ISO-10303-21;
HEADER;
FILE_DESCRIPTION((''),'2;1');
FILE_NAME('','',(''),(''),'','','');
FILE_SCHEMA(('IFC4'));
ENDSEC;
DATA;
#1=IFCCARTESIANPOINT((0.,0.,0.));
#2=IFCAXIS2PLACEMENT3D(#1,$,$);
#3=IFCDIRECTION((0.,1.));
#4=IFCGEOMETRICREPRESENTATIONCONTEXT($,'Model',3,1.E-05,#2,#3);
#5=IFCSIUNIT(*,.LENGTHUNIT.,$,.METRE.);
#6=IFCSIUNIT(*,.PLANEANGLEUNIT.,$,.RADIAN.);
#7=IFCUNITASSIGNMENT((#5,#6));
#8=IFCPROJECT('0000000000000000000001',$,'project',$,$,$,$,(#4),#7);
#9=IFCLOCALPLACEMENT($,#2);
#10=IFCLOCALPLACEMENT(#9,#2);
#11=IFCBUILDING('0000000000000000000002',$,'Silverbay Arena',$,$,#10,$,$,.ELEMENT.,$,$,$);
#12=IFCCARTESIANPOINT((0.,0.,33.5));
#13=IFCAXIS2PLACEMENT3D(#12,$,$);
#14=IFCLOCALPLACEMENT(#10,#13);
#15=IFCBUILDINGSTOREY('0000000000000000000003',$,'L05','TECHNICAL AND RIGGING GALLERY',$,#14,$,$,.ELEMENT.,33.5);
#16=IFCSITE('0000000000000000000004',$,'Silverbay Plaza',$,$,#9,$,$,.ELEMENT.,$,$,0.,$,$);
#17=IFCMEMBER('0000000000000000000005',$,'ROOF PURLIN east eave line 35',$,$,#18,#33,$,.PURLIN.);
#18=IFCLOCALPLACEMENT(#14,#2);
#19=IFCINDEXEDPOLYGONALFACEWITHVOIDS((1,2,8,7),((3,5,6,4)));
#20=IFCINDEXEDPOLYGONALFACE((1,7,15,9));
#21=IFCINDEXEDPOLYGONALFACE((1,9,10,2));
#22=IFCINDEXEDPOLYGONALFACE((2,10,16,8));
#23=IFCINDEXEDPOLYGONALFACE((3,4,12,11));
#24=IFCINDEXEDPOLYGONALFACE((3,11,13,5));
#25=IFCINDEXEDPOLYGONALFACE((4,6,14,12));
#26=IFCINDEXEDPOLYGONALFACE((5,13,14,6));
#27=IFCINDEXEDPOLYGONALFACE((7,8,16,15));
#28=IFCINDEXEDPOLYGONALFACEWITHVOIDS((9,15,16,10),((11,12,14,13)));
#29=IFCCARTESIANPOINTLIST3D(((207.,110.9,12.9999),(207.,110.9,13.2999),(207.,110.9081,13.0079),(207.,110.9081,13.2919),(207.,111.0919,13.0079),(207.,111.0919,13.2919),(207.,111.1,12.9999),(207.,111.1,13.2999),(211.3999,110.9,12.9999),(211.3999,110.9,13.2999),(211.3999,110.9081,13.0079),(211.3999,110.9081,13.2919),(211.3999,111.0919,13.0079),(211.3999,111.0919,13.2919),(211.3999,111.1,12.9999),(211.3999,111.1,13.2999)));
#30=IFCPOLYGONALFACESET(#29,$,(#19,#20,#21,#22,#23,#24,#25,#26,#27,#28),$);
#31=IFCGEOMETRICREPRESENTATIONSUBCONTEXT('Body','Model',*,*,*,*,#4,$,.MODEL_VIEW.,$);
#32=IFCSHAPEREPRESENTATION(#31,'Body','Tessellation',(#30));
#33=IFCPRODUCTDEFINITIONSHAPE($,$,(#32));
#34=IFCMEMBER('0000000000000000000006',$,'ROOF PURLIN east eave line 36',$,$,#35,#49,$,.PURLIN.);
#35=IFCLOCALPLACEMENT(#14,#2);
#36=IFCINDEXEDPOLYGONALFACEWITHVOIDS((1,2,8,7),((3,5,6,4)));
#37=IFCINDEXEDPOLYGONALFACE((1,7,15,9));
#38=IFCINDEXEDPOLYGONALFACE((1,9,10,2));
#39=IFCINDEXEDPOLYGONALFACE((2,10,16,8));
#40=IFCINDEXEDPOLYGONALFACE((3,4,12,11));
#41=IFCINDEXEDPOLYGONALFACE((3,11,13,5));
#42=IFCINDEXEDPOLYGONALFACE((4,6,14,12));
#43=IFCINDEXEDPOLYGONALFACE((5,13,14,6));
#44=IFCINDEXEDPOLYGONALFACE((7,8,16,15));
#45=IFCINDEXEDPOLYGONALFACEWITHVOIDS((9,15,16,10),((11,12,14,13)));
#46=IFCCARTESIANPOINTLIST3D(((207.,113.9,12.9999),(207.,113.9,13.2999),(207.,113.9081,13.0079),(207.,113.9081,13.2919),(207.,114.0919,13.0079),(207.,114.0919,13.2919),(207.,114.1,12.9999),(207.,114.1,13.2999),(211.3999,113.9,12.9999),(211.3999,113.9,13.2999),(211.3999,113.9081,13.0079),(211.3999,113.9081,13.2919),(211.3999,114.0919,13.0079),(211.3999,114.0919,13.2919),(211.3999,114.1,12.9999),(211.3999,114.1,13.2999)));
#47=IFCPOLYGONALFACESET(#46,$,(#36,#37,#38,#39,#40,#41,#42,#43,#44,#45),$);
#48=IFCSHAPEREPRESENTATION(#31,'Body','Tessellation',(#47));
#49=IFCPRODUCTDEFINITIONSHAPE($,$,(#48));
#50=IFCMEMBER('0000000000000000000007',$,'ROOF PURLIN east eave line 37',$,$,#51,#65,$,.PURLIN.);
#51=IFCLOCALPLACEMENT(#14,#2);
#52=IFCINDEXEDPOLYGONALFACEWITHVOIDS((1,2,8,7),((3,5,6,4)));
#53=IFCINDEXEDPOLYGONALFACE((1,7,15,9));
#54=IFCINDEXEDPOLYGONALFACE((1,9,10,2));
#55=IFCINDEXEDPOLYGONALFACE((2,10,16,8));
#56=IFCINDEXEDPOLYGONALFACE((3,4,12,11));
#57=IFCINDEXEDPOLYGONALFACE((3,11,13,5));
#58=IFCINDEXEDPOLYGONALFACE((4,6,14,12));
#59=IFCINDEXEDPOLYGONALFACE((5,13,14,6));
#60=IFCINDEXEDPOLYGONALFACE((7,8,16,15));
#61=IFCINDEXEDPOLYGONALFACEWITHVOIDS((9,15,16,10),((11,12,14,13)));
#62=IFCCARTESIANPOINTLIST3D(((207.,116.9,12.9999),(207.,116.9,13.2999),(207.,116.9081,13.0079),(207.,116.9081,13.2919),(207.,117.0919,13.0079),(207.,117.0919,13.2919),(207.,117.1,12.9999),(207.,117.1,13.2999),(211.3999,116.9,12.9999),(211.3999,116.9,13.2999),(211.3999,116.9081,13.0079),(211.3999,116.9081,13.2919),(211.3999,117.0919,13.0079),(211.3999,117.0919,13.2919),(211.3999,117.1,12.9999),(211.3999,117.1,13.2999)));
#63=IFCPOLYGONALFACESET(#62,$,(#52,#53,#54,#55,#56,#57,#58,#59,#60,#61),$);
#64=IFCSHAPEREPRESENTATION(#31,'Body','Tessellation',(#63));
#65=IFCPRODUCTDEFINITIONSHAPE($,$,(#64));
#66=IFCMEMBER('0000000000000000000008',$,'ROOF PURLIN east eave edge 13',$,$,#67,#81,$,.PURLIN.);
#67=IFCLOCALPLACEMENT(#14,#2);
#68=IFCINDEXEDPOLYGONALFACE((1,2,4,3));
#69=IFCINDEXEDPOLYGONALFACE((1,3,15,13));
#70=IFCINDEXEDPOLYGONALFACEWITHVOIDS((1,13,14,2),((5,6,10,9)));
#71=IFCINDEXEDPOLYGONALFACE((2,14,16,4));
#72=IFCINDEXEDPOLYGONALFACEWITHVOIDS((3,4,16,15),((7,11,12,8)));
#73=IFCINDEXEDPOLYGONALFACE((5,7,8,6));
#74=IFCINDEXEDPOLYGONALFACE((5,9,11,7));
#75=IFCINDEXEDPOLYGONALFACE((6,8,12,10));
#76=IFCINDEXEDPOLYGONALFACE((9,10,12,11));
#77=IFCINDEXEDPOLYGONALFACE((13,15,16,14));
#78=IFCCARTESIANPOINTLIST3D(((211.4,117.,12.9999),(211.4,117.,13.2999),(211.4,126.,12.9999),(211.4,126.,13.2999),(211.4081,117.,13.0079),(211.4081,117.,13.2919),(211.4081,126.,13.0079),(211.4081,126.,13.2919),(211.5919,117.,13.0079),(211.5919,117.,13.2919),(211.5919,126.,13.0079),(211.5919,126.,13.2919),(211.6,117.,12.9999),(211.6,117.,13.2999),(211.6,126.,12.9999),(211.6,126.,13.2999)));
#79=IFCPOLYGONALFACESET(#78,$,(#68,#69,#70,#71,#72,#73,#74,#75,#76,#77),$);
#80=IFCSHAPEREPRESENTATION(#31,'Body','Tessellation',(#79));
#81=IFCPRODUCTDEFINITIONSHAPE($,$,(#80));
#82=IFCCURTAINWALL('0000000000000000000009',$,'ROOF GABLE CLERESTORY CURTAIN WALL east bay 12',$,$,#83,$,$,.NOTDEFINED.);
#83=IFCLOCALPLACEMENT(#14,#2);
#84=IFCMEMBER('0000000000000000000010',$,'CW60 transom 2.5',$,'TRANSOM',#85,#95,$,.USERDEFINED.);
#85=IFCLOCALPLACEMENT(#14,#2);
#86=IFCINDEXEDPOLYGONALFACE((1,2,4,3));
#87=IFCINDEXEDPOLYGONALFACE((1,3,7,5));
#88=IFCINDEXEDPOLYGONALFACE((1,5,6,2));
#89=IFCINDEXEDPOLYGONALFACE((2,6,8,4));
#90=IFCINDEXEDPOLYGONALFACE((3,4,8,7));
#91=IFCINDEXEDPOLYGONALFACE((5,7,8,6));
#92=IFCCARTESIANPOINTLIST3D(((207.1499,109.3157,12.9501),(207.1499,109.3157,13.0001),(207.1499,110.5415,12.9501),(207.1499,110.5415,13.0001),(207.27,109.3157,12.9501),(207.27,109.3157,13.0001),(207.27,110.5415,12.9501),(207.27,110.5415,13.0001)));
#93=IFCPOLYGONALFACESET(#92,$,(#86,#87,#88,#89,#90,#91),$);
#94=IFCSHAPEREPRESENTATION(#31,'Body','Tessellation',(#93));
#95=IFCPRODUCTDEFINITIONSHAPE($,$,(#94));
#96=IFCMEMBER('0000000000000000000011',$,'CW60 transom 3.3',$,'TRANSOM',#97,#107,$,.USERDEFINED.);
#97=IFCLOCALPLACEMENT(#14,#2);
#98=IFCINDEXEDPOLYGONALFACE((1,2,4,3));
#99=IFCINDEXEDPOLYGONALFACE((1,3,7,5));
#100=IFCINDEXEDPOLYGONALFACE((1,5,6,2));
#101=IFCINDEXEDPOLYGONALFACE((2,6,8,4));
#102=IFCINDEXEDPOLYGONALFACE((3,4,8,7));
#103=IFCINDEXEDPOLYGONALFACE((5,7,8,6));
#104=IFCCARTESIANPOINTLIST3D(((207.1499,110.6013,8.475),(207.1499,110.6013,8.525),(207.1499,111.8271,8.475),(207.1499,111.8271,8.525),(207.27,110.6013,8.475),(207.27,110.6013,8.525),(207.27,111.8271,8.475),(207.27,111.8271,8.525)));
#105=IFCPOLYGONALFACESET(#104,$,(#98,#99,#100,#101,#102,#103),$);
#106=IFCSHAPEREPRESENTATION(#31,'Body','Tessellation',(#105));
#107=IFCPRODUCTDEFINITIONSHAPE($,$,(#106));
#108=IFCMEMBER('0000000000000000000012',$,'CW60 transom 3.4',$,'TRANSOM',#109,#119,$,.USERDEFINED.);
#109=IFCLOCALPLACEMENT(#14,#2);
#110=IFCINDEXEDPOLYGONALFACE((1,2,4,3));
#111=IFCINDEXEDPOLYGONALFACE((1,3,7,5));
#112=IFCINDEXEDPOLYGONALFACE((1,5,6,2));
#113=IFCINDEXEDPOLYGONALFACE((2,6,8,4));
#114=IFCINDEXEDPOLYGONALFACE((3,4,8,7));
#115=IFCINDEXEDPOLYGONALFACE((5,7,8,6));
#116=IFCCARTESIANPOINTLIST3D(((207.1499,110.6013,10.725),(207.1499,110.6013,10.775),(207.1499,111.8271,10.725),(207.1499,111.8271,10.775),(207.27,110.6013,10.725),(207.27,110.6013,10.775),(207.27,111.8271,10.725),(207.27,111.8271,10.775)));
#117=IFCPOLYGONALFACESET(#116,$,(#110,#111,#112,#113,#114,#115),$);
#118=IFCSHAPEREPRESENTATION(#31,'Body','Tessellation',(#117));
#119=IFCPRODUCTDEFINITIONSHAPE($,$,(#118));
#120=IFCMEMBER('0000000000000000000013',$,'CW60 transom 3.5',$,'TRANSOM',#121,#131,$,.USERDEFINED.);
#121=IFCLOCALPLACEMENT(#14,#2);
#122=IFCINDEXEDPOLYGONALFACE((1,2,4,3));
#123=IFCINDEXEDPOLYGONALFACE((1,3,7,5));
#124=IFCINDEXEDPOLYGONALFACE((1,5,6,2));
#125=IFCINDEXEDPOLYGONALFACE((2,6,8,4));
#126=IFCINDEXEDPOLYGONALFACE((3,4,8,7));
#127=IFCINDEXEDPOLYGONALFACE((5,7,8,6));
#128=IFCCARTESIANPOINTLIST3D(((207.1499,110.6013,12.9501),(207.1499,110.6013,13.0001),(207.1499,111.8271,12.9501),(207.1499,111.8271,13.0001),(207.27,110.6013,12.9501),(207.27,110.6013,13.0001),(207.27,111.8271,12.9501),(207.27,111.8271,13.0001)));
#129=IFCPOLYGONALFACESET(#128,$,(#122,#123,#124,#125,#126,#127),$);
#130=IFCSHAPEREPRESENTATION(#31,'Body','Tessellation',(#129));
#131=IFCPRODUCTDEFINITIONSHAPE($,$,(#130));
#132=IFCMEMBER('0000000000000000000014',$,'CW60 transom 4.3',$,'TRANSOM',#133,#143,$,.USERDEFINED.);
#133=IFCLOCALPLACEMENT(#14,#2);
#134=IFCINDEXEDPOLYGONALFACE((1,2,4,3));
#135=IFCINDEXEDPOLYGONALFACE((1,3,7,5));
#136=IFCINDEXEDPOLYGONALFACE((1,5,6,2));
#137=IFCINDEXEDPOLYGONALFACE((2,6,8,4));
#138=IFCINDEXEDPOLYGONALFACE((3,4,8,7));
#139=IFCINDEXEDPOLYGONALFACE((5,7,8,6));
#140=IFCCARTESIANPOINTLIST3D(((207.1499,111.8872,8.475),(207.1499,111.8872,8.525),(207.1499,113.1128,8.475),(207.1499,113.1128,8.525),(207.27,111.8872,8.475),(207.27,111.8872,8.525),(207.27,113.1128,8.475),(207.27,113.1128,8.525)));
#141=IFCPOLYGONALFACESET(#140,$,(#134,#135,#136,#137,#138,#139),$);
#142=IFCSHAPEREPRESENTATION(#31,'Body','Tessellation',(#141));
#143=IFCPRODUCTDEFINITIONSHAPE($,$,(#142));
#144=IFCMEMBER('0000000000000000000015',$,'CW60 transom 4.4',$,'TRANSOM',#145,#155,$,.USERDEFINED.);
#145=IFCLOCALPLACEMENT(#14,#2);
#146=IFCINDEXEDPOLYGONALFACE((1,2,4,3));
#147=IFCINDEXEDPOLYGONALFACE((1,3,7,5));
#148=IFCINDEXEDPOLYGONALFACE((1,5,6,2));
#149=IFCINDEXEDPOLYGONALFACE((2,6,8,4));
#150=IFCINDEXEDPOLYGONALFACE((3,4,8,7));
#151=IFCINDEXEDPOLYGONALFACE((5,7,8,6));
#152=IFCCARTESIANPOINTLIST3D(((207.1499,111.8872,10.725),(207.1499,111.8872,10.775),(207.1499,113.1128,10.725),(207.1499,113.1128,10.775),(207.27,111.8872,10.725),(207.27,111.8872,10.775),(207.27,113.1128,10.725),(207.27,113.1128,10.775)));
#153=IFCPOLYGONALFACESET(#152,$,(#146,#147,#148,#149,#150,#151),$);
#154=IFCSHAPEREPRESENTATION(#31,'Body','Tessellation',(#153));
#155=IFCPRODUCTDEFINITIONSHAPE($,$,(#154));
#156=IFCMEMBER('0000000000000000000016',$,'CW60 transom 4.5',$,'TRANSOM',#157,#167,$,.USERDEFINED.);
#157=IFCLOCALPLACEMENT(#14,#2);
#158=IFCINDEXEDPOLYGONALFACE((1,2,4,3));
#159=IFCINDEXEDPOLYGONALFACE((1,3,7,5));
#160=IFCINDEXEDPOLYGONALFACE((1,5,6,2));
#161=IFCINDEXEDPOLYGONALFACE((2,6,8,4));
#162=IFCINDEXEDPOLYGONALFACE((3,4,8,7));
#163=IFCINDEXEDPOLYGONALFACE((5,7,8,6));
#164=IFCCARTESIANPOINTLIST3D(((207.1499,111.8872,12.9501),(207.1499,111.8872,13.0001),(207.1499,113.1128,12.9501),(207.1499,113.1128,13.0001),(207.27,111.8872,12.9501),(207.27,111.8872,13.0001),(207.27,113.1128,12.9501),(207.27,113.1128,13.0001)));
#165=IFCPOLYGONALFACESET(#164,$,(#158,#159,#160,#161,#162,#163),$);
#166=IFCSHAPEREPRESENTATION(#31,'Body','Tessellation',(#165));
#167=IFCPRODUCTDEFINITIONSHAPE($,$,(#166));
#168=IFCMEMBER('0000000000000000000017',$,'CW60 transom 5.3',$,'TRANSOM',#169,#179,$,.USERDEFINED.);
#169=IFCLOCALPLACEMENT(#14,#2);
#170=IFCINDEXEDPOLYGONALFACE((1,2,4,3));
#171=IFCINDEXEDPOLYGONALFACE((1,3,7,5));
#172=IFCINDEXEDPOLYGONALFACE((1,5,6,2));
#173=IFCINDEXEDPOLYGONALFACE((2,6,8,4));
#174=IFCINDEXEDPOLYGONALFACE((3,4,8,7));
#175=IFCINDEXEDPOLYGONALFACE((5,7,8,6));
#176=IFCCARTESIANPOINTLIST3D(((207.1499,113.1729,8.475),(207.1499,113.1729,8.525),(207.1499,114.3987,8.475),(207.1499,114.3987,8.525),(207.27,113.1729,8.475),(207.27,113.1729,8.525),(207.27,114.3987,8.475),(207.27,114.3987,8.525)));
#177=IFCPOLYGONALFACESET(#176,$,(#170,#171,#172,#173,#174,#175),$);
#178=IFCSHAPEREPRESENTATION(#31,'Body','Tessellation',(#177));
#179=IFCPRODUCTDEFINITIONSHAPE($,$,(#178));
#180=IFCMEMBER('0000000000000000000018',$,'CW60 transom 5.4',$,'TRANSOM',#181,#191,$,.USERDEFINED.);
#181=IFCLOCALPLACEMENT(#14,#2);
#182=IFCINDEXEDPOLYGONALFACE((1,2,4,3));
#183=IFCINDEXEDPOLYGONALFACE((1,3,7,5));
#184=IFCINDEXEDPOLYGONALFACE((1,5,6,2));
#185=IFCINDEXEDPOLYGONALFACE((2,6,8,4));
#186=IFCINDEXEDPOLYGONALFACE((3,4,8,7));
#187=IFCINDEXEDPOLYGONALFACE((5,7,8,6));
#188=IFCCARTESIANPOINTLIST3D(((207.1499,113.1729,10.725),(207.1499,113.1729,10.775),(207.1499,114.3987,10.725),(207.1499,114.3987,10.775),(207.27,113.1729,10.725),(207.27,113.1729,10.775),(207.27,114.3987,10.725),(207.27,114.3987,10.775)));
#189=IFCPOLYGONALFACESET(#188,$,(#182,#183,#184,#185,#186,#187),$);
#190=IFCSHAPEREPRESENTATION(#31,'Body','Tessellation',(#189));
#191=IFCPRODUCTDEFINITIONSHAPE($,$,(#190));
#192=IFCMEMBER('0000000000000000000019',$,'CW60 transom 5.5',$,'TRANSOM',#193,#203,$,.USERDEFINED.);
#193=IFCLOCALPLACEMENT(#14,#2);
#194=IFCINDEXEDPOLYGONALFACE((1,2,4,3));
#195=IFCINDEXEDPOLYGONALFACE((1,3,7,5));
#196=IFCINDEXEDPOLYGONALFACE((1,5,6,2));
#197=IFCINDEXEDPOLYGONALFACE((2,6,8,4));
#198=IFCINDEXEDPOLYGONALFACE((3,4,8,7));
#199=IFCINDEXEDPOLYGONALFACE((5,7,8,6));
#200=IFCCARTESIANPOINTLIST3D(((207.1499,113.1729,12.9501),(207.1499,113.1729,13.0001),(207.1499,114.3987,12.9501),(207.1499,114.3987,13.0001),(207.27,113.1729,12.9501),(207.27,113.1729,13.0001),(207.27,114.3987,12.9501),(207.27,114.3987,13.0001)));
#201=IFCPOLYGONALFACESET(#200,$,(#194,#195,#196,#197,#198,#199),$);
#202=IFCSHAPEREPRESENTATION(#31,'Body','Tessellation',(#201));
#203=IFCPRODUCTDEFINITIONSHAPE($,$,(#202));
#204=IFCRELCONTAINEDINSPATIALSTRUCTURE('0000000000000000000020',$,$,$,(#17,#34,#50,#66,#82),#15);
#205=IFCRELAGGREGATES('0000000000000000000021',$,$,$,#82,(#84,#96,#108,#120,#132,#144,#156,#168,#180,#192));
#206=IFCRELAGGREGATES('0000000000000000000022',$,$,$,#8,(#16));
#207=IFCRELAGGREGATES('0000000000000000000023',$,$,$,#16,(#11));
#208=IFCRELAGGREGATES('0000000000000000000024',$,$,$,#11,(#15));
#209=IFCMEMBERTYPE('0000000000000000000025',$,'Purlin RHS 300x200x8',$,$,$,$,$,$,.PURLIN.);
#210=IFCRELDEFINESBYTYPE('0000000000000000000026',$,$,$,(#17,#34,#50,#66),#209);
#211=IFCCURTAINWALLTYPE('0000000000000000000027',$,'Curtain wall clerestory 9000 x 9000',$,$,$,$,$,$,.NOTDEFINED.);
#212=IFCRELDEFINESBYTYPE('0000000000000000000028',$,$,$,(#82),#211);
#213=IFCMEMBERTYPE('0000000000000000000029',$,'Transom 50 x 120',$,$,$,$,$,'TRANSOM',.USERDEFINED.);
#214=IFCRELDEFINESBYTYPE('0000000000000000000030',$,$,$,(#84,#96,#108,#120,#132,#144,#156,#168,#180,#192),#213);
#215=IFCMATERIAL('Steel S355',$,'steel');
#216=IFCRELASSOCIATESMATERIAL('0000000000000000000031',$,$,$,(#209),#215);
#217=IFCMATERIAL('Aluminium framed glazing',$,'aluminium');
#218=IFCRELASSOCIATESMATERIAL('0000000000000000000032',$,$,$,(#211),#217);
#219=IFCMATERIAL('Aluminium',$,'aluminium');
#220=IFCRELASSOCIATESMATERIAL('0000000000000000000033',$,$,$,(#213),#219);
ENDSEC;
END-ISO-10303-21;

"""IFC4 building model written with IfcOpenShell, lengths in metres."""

from ifc_helpers import new_model, si_unit, direction, frame, origin, origin_2d, place, context, subcontext, project, spatial, rectangle, hollow_rectangle, extrude, material, material_profile, profile_set, type_object, element, aggregate, save


model = new_model("IFC4")

# Units and contexts
model_context = context("Model", 3, precision=1e-05, world=origin(), true_north=direction((0.0, 1.0)))
body_context = subcontext(model_context, "Body", "Model", "MODEL_VIEW")
ifc_project = project(units=[si_unit("LENGTHUNIT", "METRE"), si_unit("PLANEANGLEUNIT", "RADIAN")], contexts=[model_context])

# Site, building, storey
site_placement = place(None, origin())
site = spatial("IfcSite", under=ifc_project, at=site_placement, Name="Silverbay Plaza", CompositionType="ELEMENT", RefElevation=0.0)
building_placement = place(site_placement, origin())
building = spatial("IfcBuilding", under=site, at=building_placement, Name="Silverbay Arena", CompositionType="ELEMENT")
storey_placement = place(building_placement, frame((0.0, 0.0, 33.5)))
storey = spatial("IfcBuildingStorey", under=building, at=storey_placement, Name="L05", Description="TECHNICAL AND RIGGING GALLERY", CompositionType="ELEMENT", Elevation=33.5)

# Members
ifc_material_1 = material(Name="Steel S355", Category="steel")
ifc_material_profile_1 = material_profile(ifc_material_1, hollow_rectangle(XDim=0.2, YDim=0.3, WallThickness=0.0081, at=origin_2d()), Name="RHS 300x200x8")
ifc_profile_set_1 = profile_set([ifc_material_profile_1], Name="Steel S355")
member_type_1 = type_object("IfcMemberType", Name="Purlin RHS 300x200x8", PredefinedType="PURLIN", material=ifc_profile_set_1)
for number, where, z_axis, x_axis, name in (
    (1, (211.3999, 111.0, 13.1499), (-1.0, 0.0, 0.0), (0.0, -1.0, 0.0), "ROOF PURLIN east eave line 35"),
    (2, (211.3999, 114.0, 13.1499), (-1.0, 0.0, 0.0), (0.0, -1.0, 0.0), "ROOF PURLIN east eave line 36"),
    (3, (211.3999, 117.0, 13.1499), (-1.0, 0.0, 0.0), (0.0, -1.0, 0.0), "ROOF PURLIN east eave line 37"),
):
    element("IfcMember", number, at=place(storey_placement, frame(where, z_axis=z_axis, x_axis=x_axis)), inside=storey, type_object=member_type_1, Name=name, PredefinedType="PURLIN", context=body_context, shape_type="SweptSolid", body=[
        extrude(hollow_rectangle(XDim=0.2, YDim=0.3, WallThickness=0.0081, at=origin_2d()), origin(), (0.0, 0.0, 1.0), 4.3999),
    ])
member_1_placement = place(storey_placement, frame((211.5, 117.0, 13.1499), z_axis=(0.0, 1.0, 0.0), x_axis=(-1.0, 0.0, 0.0)))
element("IfcMember", 4, at=member_1_placement, inside=storey, type_object=member_type_1, Name="ROOF PURLIN east eave edge 13", PredefinedType="PURLIN", context=body_context, shape_type="SweptSolid", body=[
    extrude(hollow_rectangle(XDim=0.2, YDim=0.3, WallThickness=0.0081, at=origin_2d()), origin(), (0.0, 0.0, 1.0), 9.0),
])

# Curtain wall, members
ifc_material_2 = material(Name="Aluminium framed glazing", Category="aluminium")
curtain_wall_type = type_object("IfcCurtainWallType", Name="Curtain wall clerestory 9000 x 9000", PredefinedType="NOTDEFINED", material=ifc_material_2)
curtain_wall_1_placement = place(storey_placement, origin())
curtain_wall_1 = element("IfcCurtainWall", 5, at=curtain_wall_1_placement, inside=storey, type_object=curtain_wall_type, Name="ROOF GABLE CLERESTORY CURTAIN WALL east bay 12", PredefinedType="NOTDEFINED")
ifc_material_3 = material(Name="Aluminium", Category="aluminium")
ifc_material_profile_2 = material_profile(ifc_material_3, rectangle(XDim=0.1201, YDim=0.05, at=origin_2d()), Name="Transom 50 x 120")
ifc_profile_set_2 = profile_set([ifc_material_profile_2], Name="Aluminium")
member_type_2 = type_object("IfcMemberType", Name="Transom 50 x 120", ElementType="TRANSOM", PredefinedType="USERDEFINED", material=ifc_profile_set_2)
member_2_placement = place(storey_placement, frame((207.21, 109.3157, 12.9751), z_axis=(0.0, 1.0, 0.0), x_axis=(-1.0, 0.0, 0.0)))
member_2 = element("IfcMember", 6, at=member_2_placement, type_object=member_type_2, Name="CW60 transom 2.5", ObjectType="TRANSOM", PredefinedType="USERDEFINED", context=body_context, shape_type="SweptSolid", body=[
    extrude(rectangle(XDim=0.1201, YDim=0.05, at=origin_2d()), origin(), (0.0, 0.0, 1.0), 1.2258),
])
member_3_placement = place(storey_placement, frame((207.21, 110.6013, 8.5), z_axis=(0.0, 1.0, 0.0), x_axis=(-1.0, 0.0, 0.0)))
member_3 = element("IfcMember", 7, at=member_3_placement, type_object=member_type_2, Name="CW60 transom 3.3", ObjectType="TRANSOM", PredefinedType="USERDEFINED", context=body_context, shape_type="SweptSolid", body=[
    extrude(rectangle(XDim=0.1201, YDim=0.05, at=origin_2d()), origin(), (0.0, 0.0, 1.0), 1.2258),
])
member_4_placement = place(storey_placement, frame((207.21, 110.6013, 10.75), z_axis=(0.0, 1.0, 0.0), x_axis=(-1.0, 0.0, 0.0)))
member_4 = element("IfcMember", 8, at=member_4_placement, type_object=member_type_2, Name="CW60 transom 3.4", ObjectType="TRANSOM", PredefinedType="USERDEFINED", context=body_context, shape_type="SweptSolid", body=[
    extrude(rectangle(XDim=0.1201, YDim=0.05, at=origin_2d()), origin(), (0.0, 0.0, 1.0), 1.2258),
])
member_5_placement = place(storey_placement, frame((207.21, 110.6013, 12.9751), z_axis=(0.0, 1.0, 0.0), x_axis=(-1.0, 0.0, 0.0)))
member_5 = element("IfcMember", 9, at=member_5_placement, type_object=member_type_2, Name="CW60 transom 3.5", ObjectType="TRANSOM", PredefinedType="USERDEFINED", context=body_context, shape_type="SweptSolid", body=[
    extrude(rectangle(XDim=0.1201, YDim=0.05, at=origin_2d()), origin(), (0.0, 0.0, 1.0), 1.2258),
])
member_6_placement = place(storey_placement, frame((207.21, 111.8872, 8.5), z_axis=(0.0, 1.0, 0.0), x_axis=(-1.0, 0.0, 0.0)))
member_6 = element("IfcMember", 10, at=member_6_placement, type_object=member_type_2, Name="CW60 transom 4.3", ObjectType="TRANSOM", PredefinedType="USERDEFINED", context=body_context, shape_type="SweptSolid", body=[
    extrude(rectangle(XDim=0.1201, YDim=0.05, at=origin_2d()), origin(), (0.0, 0.0, 1.0), 1.2256),
])
member_7_placement = place(storey_placement, frame((207.21, 111.8872, 10.75), z_axis=(0.0, 1.0, 0.0), x_axis=(-1.0, 0.0, 0.0)))
member_7 = element("IfcMember", 11, at=member_7_placement, type_object=member_type_2, Name="CW60 transom 4.4", ObjectType="TRANSOM", PredefinedType="USERDEFINED", context=body_context, shape_type="SweptSolid", body=[
    extrude(rectangle(XDim=0.1201, YDim=0.05, at=origin_2d()), origin(), (0.0, 0.0, 1.0), 1.2256),
])
member_8_placement = place(storey_placement, frame((207.21, 111.8872, 12.9751), z_axis=(0.0, 1.0, 0.0), x_axis=(-1.0, 0.0, 0.0)))
member_8 = element("IfcMember", 12, at=member_8_placement, type_object=member_type_2, Name="CW60 transom 4.5", ObjectType="TRANSOM", PredefinedType="USERDEFINED", context=body_context, shape_type="SweptSolid", body=[
    extrude(rectangle(XDim=0.1201, YDim=0.05, at=origin_2d()), origin(), (0.0, 0.0, 1.0), 1.2256),
])
member_9_placement = place(storey_placement, frame((207.21, 113.1729, 8.5), z_axis=(0.0, 1.0, 0.0), x_axis=(-1.0, 0.0, 0.0)))
member_9 = element("IfcMember", 13, at=member_9_placement, type_object=member_type_2, Name="CW60 transom 5.3", ObjectType="TRANSOM", PredefinedType="USERDEFINED", context=body_context, shape_type="SweptSolid", body=[
    extrude(rectangle(XDim=0.1201, YDim=0.05, at=origin_2d()), origin(), (0.0, 0.0, 1.0), 1.2258),
])
member_10_placement = place(storey_placement, frame((207.21, 113.1729, 10.75), z_axis=(0.0, 1.0, 0.0), x_axis=(-1.0, 0.0, 0.0)))
member_10 = element("IfcMember", 14, at=member_10_placement, type_object=member_type_2, Name="CW60 transom 5.4", ObjectType="TRANSOM", PredefinedType="USERDEFINED", context=body_context, shape_type="SweptSolid", body=[
    extrude(rectangle(XDim=0.1201, YDim=0.05, at=origin_2d()), origin(), (0.0, 0.0, 1.0), 1.2258),
])
member_11_placement = place(storey_placement, frame((207.21, 113.1729, 12.9751), z_axis=(0.0, 1.0, 0.0), x_axis=(-1.0, 0.0, 0.0)))
member_11 = element("IfcMember", 15, at=member_11_placement, type_object=member_type_2, Name="CW60 transom 5.5", ObjectType="TRANSOM", PredefinedType="USERDEFINED", context=body_context, shape_type="SweptSolid", body=[
    extrude(rectangle(XDim=0.1201, YDim=0.05, at=origin_2d()), origin(), (0.0, 0.0, 1.0), 1.2258),
])

aggregate(curtain_wall_1, [member_2, member_3, member_4, member_5, member_6, member_7, member_8, member_9, member_10, member_11])

save(model, "model.ifc")
